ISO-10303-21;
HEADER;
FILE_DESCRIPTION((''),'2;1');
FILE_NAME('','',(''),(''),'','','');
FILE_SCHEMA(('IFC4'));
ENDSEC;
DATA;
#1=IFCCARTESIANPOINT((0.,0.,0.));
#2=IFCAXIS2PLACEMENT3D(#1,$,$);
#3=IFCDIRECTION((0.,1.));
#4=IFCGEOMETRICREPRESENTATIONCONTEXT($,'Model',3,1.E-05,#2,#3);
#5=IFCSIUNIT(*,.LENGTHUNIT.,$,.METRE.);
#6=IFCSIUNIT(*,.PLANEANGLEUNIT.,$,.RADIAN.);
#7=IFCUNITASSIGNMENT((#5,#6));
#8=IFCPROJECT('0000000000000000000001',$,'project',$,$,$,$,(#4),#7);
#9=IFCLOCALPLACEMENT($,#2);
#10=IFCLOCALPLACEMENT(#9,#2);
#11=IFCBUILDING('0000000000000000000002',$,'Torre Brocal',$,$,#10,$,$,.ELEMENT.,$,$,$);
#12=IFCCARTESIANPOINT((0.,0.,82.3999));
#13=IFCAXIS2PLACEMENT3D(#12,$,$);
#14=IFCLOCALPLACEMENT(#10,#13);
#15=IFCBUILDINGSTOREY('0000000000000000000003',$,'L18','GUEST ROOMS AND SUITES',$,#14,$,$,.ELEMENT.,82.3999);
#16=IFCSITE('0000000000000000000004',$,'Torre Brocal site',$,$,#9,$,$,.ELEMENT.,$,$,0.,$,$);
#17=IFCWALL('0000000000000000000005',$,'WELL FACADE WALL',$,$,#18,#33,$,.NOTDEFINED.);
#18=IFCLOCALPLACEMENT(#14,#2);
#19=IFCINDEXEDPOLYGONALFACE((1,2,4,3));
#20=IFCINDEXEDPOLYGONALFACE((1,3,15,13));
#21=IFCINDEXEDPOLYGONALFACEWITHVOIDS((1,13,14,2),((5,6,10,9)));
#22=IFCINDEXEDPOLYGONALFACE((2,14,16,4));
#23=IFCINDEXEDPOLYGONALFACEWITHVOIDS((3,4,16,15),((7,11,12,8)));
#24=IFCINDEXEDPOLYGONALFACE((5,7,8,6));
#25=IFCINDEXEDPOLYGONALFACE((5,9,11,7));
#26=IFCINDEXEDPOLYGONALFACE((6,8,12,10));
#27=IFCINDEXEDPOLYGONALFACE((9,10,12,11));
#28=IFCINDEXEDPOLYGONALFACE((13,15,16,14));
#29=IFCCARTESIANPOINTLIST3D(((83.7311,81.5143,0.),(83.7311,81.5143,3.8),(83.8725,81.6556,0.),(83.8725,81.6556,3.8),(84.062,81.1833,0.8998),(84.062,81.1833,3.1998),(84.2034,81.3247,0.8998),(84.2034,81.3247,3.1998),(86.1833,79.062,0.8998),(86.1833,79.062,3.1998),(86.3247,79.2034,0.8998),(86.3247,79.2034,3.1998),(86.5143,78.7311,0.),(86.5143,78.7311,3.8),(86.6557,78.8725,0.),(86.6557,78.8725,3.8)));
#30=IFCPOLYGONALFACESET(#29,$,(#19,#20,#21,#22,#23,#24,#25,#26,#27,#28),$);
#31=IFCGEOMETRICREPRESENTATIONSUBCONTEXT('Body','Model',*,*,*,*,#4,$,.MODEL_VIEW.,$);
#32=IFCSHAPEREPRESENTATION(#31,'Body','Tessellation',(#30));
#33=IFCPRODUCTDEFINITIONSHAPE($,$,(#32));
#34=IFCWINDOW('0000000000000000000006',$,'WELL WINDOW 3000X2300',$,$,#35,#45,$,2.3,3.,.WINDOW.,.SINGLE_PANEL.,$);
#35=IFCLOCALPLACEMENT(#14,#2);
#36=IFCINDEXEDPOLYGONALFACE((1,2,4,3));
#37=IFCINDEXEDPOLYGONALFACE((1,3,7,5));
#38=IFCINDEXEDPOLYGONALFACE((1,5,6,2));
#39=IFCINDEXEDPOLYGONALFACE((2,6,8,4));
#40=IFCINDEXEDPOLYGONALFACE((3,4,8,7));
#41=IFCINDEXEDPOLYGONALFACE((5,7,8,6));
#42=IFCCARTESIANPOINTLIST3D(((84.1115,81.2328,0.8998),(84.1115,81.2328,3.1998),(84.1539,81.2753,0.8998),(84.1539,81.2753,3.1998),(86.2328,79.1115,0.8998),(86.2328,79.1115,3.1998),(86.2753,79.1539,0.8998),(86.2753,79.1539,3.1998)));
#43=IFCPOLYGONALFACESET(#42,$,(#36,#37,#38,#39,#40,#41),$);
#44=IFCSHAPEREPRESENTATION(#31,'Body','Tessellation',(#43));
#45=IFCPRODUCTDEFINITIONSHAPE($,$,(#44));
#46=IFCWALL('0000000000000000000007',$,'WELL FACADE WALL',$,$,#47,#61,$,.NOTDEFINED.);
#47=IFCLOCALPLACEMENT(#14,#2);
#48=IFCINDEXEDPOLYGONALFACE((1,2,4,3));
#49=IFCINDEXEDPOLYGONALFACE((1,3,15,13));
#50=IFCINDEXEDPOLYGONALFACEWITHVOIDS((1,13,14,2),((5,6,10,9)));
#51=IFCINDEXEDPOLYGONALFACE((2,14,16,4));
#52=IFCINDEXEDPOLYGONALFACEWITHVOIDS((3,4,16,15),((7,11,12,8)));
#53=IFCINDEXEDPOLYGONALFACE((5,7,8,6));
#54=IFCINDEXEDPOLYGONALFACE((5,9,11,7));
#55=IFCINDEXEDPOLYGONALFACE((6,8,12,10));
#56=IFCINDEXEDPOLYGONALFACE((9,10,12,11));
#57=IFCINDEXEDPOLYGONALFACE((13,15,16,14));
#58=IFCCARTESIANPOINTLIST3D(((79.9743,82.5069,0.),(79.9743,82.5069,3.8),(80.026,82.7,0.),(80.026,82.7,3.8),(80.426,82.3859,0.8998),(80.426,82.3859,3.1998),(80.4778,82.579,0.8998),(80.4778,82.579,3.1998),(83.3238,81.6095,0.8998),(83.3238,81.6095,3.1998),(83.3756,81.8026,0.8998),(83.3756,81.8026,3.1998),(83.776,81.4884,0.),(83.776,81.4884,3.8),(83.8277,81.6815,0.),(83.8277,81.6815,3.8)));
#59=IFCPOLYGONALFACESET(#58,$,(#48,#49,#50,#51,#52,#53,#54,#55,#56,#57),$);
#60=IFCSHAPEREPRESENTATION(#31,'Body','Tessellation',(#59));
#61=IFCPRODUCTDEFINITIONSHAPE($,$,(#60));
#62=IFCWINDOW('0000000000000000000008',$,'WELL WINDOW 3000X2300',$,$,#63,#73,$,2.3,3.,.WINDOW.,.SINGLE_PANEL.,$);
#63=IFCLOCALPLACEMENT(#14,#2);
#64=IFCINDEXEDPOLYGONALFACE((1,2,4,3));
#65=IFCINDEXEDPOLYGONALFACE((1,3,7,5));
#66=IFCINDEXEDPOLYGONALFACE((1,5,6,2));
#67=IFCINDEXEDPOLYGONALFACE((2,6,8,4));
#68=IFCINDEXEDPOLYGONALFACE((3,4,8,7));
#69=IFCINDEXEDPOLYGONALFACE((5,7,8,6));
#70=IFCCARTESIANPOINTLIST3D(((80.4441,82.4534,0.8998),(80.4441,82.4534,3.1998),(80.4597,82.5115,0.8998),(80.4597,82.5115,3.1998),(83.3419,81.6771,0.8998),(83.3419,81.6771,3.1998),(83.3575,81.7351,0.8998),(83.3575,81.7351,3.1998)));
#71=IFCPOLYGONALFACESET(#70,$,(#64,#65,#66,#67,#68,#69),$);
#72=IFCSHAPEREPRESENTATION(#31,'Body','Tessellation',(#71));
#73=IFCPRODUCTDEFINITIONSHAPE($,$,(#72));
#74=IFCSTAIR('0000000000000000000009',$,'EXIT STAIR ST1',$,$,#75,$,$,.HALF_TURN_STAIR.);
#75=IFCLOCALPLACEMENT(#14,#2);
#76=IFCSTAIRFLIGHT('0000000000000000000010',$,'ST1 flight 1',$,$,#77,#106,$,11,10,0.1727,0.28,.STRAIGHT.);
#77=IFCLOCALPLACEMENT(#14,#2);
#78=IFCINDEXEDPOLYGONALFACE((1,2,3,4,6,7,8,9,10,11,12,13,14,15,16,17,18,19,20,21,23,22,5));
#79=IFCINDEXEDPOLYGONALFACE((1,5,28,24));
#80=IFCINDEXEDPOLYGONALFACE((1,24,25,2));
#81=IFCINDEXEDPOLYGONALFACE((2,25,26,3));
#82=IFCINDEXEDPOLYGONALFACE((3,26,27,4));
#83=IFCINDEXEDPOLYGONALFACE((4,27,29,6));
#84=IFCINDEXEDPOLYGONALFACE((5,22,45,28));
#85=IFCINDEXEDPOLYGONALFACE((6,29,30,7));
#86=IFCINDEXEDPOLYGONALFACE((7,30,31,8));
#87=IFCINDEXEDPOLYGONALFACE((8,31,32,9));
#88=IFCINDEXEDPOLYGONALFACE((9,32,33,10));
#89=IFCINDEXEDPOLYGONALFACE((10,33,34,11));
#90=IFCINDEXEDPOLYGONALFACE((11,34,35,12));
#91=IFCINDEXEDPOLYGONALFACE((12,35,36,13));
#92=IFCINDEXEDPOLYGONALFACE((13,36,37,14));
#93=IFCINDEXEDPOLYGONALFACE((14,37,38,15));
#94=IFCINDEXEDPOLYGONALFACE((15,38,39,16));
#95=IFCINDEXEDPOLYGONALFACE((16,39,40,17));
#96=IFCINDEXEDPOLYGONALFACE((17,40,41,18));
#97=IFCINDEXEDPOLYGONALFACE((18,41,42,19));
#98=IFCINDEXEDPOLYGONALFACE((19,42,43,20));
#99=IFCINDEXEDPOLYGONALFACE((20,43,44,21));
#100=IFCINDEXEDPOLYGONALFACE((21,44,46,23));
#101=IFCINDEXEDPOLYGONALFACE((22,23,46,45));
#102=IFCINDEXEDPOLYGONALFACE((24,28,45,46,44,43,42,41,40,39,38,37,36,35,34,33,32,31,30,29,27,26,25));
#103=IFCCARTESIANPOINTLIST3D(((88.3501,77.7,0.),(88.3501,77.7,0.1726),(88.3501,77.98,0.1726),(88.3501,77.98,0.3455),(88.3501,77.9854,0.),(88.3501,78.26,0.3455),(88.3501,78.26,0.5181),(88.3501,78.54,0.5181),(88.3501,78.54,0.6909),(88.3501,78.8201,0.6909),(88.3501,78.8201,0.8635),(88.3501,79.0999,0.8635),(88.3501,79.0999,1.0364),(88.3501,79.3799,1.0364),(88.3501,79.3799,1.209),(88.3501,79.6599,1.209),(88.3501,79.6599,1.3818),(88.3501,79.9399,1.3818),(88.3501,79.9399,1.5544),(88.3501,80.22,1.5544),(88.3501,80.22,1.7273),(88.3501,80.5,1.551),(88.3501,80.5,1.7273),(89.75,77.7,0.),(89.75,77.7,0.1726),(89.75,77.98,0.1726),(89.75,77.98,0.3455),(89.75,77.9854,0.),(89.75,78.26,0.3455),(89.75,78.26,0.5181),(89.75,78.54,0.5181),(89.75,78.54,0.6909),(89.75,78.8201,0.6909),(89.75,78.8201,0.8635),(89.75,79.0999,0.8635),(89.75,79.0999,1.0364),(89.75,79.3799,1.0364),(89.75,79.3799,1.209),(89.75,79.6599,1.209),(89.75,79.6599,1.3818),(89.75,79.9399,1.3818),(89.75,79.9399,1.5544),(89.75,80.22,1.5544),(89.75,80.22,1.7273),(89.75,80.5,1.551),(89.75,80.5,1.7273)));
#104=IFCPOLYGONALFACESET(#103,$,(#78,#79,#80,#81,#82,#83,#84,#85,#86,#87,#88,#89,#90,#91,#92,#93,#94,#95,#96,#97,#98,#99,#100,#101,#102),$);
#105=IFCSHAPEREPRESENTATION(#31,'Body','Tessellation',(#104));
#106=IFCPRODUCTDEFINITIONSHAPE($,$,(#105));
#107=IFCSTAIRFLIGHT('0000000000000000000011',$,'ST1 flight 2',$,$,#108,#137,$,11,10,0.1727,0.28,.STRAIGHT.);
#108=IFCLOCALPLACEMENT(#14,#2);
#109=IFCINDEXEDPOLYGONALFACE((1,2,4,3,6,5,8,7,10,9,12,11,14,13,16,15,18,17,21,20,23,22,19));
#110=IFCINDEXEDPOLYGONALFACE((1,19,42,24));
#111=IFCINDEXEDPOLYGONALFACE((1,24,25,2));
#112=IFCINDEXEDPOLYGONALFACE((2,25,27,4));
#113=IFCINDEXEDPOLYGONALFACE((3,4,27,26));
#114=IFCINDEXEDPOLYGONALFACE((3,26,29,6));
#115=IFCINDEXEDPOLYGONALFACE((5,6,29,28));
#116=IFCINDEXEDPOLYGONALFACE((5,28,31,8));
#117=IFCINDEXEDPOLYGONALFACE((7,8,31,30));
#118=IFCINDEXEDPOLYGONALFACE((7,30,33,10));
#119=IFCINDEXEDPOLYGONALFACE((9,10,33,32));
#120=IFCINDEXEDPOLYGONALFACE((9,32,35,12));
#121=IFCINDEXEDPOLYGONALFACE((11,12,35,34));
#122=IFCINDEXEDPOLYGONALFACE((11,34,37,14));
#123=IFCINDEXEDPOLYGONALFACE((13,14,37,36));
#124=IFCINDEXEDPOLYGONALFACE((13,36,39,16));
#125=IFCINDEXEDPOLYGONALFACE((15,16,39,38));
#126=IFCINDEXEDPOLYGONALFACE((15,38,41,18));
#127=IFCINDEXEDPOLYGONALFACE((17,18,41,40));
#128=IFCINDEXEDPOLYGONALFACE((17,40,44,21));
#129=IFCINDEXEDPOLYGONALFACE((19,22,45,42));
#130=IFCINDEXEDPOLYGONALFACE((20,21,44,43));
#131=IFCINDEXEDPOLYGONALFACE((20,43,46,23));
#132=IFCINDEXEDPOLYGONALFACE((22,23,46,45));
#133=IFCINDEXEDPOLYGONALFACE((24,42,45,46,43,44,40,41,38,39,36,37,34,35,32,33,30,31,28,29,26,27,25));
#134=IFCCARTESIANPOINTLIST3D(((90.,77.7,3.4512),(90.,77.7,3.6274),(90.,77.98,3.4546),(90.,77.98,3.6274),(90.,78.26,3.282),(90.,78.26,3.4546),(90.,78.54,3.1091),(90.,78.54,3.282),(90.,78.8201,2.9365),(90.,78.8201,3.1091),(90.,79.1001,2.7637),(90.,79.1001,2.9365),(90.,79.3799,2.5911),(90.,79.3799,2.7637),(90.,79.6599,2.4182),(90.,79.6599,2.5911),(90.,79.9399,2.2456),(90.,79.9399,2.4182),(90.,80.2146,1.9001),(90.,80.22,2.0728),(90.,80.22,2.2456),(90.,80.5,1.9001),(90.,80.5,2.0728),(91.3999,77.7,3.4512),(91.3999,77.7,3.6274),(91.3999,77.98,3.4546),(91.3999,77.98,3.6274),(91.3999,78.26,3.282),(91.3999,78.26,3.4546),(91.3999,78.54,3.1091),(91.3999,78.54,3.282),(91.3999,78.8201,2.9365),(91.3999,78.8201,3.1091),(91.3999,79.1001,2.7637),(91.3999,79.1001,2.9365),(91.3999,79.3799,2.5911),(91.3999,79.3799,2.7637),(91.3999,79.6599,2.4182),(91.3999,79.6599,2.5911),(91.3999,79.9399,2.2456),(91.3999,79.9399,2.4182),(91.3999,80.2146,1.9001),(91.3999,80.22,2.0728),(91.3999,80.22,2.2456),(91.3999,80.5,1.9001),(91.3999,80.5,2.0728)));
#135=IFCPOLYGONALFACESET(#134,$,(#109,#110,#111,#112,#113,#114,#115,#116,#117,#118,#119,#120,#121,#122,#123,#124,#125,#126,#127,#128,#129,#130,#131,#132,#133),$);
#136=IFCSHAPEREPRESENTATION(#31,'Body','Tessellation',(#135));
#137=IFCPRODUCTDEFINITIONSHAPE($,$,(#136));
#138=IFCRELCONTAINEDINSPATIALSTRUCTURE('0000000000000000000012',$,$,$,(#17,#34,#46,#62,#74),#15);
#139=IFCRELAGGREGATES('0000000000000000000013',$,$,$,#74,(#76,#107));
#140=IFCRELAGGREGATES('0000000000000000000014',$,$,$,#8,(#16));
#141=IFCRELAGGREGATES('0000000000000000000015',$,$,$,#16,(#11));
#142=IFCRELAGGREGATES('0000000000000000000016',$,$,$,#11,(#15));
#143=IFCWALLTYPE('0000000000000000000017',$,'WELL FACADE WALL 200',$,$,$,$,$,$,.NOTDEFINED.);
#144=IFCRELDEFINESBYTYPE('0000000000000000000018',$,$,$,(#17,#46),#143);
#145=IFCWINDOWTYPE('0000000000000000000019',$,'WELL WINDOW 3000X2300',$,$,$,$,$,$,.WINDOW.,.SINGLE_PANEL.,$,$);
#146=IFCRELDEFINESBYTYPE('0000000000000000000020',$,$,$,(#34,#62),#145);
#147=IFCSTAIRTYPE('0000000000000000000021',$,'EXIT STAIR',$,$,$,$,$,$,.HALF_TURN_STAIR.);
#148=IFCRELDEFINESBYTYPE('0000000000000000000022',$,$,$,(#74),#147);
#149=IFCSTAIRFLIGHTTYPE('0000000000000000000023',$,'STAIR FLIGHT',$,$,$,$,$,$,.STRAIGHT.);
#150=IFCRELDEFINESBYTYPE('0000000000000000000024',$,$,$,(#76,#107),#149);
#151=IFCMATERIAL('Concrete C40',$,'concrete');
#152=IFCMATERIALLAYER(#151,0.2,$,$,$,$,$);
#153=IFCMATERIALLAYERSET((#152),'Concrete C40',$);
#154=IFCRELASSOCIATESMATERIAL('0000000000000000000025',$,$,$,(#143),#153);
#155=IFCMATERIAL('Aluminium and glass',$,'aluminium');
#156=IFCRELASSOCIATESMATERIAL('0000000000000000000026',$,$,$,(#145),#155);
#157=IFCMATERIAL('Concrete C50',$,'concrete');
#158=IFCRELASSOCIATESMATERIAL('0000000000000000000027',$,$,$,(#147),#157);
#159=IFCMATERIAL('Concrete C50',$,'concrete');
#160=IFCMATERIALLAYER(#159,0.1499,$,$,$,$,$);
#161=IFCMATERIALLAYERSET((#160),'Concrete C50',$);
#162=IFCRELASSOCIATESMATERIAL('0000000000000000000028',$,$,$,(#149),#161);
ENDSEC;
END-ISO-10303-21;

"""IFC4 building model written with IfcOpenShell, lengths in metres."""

from ifc_helpers import new_model, si_unit, direction, frame, frame_2d, origin, place, context, subcontext, project, spatial, polyline, rectangle, outline, extrude, material, layer, layer_set, type_object, element, fill, aggregate, save


model = new_model("IFC4")

# Units and contexts
model_context = context("Model", 3, precision=1e-05, world=origin(), true_north=direction((0.0, 1.0)))
body_context = subcontext(model_context, "Body", "Model", "MODEL_VIEW")
ifc_project = project(units=[si_unit("LENGTHUNIT", "METRE"), si_unit("PLANEANGLEUNIT", "RADIAN")], contexts=[model_context])

# Site, building, storey
site_placement = place(None, origin())
site = spatial("IfcSite", under=ifc_project, at=site_placement, Name="Torre Brocal site", CompositionType="ELEMENT", RefElevation=0.0)
building_placement = place(site_placement, origin())
building = spatial("IfcBuilding", under=site, at=building_placement, Name="Torre Brocal", CompositionType="ELEMENT")
storey_placement = place(building_placement, frame((0.0, 0.0, 82.3999)))
storey = spatial("IfcBuildingStorey", under=building, at=storey_placement, Name="L18", Description="GUEST ROOMS AND SUITES", CompositionType="ELEMENT", Elevation=82.3999)

# Walls, openings, windows
ifc_material_1 = material(Name="Concrete C40", Category="concrete")
ifc_layer_1 = layer(ifc_material_1, 0.2)
ifc_layer_set_1 = layer_set([ifc_layer_1], Name="Concrete C40")
wall_type_1 = type_object("IfcWallType", Name="WELL FACADE WALL 200", PredefinedType="NOTDEFINED", material=ifc_layer_set_1)
wall_1_placement = place(storey_placement, frame((86.585, 78.8018, 0.0), z_axis=(0.0, 0.0, 1.0), x_axis=(-0.707107, 0.707107, 0.0)))
wall_1 = element("IfcWall", 1, at=wall_1_placement, inside=storey, type_object=wall_type_1, Name="WELL FACADE WALL", PredefinedType="NOTDEFINED", context=body_context, shape_type="SweptSolid", body=[
    extrude(rectangle(XDim=3.936, YDim=0.2, at=frame_2d((1.968, 0.0))), origin(), (0.0, 0.0, 1.0), 3.8),
])
opening_1_placement = place(wall_1_placement, frame((0.468, 0.0, 0.8999)))
opening_1 = element("IfcOpeningElement", 2, at=opening_1_placement, cuts=wall_1, PredefinedType="OPENING", context=body_context, shape_type="SweptSolid", body=[
    extrude(rectangle(XDim=3.0, YDim=2.3, at=frame_2d((1.5, 1.1499))), frame((0.0, 0.1099, 0.0), z_axis=(0.0, -1.0, 0.0), x_axis=(1.0, 0.0, 0.0)), (0.0, 0.0, 1.0), 0.22),
])
ifc_material_2 = material(Name="Aluminium and glass", Category="aluminium")
window_type = type_object("IfcWindowType", Name="WELL WINDOW 3000X2300", PartitioningType="SINGLE_PANEL", PredefinedType="WINDOW", material=ifc_material_2)
window_1_placement = place(opening_1_placement, origin())
window_1 = element("IfcWindow", 3, at=window_1_placement, inside=storey, type_object=window_type, Name="WELL WINDOW 3000X2300", OverallHeight=2.3, OverallWidth=3.0, PartitioningType="SINGLE_PANEL", PredefinedType="WINDOW", context=body_context, shape_type="SweptSolid", body=[
    extrude(rectangle(XDim=3.0, YDim=2.3, at=frame_2d((1.5, 1.1499))), frame((0.0, 0.03, 0.0), z_axis=(0.0, -1.0, 0.0), x_axis=(1.0, 0.0, 0.0)), (0.0, 0.0, 1.0), 0.0601),
])
fill(opening_1, window_1)
wall_2_placement = place(storey_placement, frame((83.8018, 81.585, 0.0), z_axis=(0.0, 0.0, 1.0), x_axis=(-0.965934, 0.25879, 0.0)))
wall_2 = element("IfcWall", 4, at=wall_2_placement, inside=storey, type_object=wall_type_1, Name="WELL FACADE WALL", PredefinedType="NOTDEFINED", context=body_context, shape_type="SweptSolid", body=[
    extrude(rectangle(XDim=3.9358, YDim=0.2, at=frame_2d((1.9678, 0.0))), origin(), (0.0, 0.0, 1.0), 3.8),
])
opening_2_placement = place(wall_2_placement, frame((0.468, 0.0, 0.8999)))
opening_2 = element("IfcOpeningElement", 5, at=opening_2_placement, cuts=wall_2, PredefinedType="OPENING", context=body_context, shape_type="SweptSolid", body=[
    extrude(rectangle(XDim=3.0, YDim=2.3, at=frame_2d((1.5, 1.1499))), frame((0.0, 0.1099, 0.0), z_axis=(0.0, -1.0, 0.0), x_axis=(1.0, 0.0, 0.0)), (0.0, 0.0, 1.0), 0.22),
])
window_2_placement = place(opening_2_placement, origin())
window_2 = element("IfcWindow", 6, at=window_2_placement, inside=storey, type_object=window_type, Name="WELL WINDOW 3000X2300", OverallHeight=2.3, OverallWidth=3.0, PartitioningType="SINGLE_PANEL", PredefinedType="WINDOW", context=body_context, shape_type="SweptSolid", body=[
    extrude(rectangle(XDim=3.0, YDim=2.3, at=frame_2d((1.5, 1.1499))), frame((0.0, 0.03, 0.0), z_axis=(0.0, -1.0, 0.0), x_axis=(1.0, 0.0, 0.0)), (0.0, 0.0, 1.0), 0.0601),
])
fill(opening_2, window_2)

# Stair, stair flights
ifc_material_3 = material(Name="Concrete C50", Category="concrete")
stair_type = type_object("IfcStairType", Name="EXIT STAIR", PredefinedType="HALF_TURN_STAIR", material=ifc_material_3)
stair_placement = place(storey_placement, origin())
stair = element("IfcStair", 7, at=stair_placement, inside=storey, type_object=stair_type, Name="EXIT STAIR ST1", PredefinedType="HALF_TURN_STAIR")
ifc_material_4 = material(Name="Concrete C50", Category="concrete")
ifc_layer_2 = layer(ifc_material_4, 0.1499)
ifc_layer_set_2 = layer_set([ifc_layer_2], Name="Concrete C50")
stair_flight_type = type_object("IfcStairFlightType", Name="STAIR FLIGHT", PredefinedType="STRAIGHT", material=ifc_layer_set_2)
stair_flight_1_placement = place(storey_placement, frame((89.05, 77.7, 0.0), z_axis=(0.0, 0.0, 1.0), x_axis=(0.0, 1.0, 0.0)))
stair_flight_1 = element("IfcStairFlight", 8, at=stair_flight_1_placement, type_object=stair_flight_type, Name="ST1 flight 1", NumberOfRisers=11, NumberOfTreads=10, PredefinedType="STRAIGHT", RiserHeight=0.1727, TreadLength=0.28, context=body_context, shape_type="SweptSolid", body=[
    extrude(outline(polyline([(0.0, 0.0), (0.0, 0.1726), (0.28, 0.1726), (0.28, 0.3455), (0.5601, 0.3455), (0.5601, 0.5181), (0.8401, 0.5181), (0.8401, 0.6909), (1.1201, 0.6909), (1.1201, 0.8635), (1.3999, 0.8635), (1.3999, 1.0364), (1.6799, 1.0364), (1.6799, 1.209), (1.96, 1.209), (1.96, 1.3818), (2.24, 1.3818), (2.24, 1.5544), (2.52, 1.5544), (2.52, 1.7273), (2.8, 1.7273), (2.8, 1.8999), (2.8, 1.551), (0.2854, 0.0), (0.0, 0.0)])), frame((0.0, 0.7, 0.0), z_axis=(0.0, -1.0, 0.0), x_axis=(1.0, 0.0, 0.0)), (0.0, 0.0, 1.0), 1.3999),
])
stair_flight_2_placement = place(storey_placement, frame((90.7, 80.5, 1.9001), z_axis=(0.0, 0.0, 1.0), x_axis=(0.0, -1.0, 0.0)))
stair_flight_2 = element("IfcStairFlight", 9, at=stair_flight_2_placement, type_object=stair_flight_type, Name="ST1 flight 2", NumberOfRisers=11, NumberOfTreads=10, PredefinedType="STRAIGHT", RiserHeight=0.1727, TreadLength=0.28, context=body_context, shape_type="SweptSolid", body=[
    extrude(outline(polyline([(0.0, 0.0), (0.0, 0.1726), (0.28, 0.1726), (0.28, 0.3455), (0.5601, 0.3455), (0.5601, 0.5181), (0.8401, 0.5181), (0.8401, 0.6909), (1.1201, 0.6909), (1.1201, 0.8635), (1.3999, 0.8635), (1.3999, 1.0364), (1.6799, 1.0364), (1.6799, 1.209), (1.96, 1.209), (1.96, 1.3818), (2.24, 1.3818), (2.24, 1.5544), (2.52, 1.5544), (2.52, 1.7273), (2.8, 1.7273), (2.8, 1.8999), (2.8, 1.551), (0.2854, 0.0), (0.0, 0.0)])), frame((0.0, 0.7, 0.0), z_axis=(0.0, -1.0, 0.0), x_axis=(1.0, 0.0, 0.0)), (0.0, 0.0, 1.0), 1.3999),
])
aggregate(stair, [stair_flight_1, stair_flight_2])

save(model, "model.ifc")
